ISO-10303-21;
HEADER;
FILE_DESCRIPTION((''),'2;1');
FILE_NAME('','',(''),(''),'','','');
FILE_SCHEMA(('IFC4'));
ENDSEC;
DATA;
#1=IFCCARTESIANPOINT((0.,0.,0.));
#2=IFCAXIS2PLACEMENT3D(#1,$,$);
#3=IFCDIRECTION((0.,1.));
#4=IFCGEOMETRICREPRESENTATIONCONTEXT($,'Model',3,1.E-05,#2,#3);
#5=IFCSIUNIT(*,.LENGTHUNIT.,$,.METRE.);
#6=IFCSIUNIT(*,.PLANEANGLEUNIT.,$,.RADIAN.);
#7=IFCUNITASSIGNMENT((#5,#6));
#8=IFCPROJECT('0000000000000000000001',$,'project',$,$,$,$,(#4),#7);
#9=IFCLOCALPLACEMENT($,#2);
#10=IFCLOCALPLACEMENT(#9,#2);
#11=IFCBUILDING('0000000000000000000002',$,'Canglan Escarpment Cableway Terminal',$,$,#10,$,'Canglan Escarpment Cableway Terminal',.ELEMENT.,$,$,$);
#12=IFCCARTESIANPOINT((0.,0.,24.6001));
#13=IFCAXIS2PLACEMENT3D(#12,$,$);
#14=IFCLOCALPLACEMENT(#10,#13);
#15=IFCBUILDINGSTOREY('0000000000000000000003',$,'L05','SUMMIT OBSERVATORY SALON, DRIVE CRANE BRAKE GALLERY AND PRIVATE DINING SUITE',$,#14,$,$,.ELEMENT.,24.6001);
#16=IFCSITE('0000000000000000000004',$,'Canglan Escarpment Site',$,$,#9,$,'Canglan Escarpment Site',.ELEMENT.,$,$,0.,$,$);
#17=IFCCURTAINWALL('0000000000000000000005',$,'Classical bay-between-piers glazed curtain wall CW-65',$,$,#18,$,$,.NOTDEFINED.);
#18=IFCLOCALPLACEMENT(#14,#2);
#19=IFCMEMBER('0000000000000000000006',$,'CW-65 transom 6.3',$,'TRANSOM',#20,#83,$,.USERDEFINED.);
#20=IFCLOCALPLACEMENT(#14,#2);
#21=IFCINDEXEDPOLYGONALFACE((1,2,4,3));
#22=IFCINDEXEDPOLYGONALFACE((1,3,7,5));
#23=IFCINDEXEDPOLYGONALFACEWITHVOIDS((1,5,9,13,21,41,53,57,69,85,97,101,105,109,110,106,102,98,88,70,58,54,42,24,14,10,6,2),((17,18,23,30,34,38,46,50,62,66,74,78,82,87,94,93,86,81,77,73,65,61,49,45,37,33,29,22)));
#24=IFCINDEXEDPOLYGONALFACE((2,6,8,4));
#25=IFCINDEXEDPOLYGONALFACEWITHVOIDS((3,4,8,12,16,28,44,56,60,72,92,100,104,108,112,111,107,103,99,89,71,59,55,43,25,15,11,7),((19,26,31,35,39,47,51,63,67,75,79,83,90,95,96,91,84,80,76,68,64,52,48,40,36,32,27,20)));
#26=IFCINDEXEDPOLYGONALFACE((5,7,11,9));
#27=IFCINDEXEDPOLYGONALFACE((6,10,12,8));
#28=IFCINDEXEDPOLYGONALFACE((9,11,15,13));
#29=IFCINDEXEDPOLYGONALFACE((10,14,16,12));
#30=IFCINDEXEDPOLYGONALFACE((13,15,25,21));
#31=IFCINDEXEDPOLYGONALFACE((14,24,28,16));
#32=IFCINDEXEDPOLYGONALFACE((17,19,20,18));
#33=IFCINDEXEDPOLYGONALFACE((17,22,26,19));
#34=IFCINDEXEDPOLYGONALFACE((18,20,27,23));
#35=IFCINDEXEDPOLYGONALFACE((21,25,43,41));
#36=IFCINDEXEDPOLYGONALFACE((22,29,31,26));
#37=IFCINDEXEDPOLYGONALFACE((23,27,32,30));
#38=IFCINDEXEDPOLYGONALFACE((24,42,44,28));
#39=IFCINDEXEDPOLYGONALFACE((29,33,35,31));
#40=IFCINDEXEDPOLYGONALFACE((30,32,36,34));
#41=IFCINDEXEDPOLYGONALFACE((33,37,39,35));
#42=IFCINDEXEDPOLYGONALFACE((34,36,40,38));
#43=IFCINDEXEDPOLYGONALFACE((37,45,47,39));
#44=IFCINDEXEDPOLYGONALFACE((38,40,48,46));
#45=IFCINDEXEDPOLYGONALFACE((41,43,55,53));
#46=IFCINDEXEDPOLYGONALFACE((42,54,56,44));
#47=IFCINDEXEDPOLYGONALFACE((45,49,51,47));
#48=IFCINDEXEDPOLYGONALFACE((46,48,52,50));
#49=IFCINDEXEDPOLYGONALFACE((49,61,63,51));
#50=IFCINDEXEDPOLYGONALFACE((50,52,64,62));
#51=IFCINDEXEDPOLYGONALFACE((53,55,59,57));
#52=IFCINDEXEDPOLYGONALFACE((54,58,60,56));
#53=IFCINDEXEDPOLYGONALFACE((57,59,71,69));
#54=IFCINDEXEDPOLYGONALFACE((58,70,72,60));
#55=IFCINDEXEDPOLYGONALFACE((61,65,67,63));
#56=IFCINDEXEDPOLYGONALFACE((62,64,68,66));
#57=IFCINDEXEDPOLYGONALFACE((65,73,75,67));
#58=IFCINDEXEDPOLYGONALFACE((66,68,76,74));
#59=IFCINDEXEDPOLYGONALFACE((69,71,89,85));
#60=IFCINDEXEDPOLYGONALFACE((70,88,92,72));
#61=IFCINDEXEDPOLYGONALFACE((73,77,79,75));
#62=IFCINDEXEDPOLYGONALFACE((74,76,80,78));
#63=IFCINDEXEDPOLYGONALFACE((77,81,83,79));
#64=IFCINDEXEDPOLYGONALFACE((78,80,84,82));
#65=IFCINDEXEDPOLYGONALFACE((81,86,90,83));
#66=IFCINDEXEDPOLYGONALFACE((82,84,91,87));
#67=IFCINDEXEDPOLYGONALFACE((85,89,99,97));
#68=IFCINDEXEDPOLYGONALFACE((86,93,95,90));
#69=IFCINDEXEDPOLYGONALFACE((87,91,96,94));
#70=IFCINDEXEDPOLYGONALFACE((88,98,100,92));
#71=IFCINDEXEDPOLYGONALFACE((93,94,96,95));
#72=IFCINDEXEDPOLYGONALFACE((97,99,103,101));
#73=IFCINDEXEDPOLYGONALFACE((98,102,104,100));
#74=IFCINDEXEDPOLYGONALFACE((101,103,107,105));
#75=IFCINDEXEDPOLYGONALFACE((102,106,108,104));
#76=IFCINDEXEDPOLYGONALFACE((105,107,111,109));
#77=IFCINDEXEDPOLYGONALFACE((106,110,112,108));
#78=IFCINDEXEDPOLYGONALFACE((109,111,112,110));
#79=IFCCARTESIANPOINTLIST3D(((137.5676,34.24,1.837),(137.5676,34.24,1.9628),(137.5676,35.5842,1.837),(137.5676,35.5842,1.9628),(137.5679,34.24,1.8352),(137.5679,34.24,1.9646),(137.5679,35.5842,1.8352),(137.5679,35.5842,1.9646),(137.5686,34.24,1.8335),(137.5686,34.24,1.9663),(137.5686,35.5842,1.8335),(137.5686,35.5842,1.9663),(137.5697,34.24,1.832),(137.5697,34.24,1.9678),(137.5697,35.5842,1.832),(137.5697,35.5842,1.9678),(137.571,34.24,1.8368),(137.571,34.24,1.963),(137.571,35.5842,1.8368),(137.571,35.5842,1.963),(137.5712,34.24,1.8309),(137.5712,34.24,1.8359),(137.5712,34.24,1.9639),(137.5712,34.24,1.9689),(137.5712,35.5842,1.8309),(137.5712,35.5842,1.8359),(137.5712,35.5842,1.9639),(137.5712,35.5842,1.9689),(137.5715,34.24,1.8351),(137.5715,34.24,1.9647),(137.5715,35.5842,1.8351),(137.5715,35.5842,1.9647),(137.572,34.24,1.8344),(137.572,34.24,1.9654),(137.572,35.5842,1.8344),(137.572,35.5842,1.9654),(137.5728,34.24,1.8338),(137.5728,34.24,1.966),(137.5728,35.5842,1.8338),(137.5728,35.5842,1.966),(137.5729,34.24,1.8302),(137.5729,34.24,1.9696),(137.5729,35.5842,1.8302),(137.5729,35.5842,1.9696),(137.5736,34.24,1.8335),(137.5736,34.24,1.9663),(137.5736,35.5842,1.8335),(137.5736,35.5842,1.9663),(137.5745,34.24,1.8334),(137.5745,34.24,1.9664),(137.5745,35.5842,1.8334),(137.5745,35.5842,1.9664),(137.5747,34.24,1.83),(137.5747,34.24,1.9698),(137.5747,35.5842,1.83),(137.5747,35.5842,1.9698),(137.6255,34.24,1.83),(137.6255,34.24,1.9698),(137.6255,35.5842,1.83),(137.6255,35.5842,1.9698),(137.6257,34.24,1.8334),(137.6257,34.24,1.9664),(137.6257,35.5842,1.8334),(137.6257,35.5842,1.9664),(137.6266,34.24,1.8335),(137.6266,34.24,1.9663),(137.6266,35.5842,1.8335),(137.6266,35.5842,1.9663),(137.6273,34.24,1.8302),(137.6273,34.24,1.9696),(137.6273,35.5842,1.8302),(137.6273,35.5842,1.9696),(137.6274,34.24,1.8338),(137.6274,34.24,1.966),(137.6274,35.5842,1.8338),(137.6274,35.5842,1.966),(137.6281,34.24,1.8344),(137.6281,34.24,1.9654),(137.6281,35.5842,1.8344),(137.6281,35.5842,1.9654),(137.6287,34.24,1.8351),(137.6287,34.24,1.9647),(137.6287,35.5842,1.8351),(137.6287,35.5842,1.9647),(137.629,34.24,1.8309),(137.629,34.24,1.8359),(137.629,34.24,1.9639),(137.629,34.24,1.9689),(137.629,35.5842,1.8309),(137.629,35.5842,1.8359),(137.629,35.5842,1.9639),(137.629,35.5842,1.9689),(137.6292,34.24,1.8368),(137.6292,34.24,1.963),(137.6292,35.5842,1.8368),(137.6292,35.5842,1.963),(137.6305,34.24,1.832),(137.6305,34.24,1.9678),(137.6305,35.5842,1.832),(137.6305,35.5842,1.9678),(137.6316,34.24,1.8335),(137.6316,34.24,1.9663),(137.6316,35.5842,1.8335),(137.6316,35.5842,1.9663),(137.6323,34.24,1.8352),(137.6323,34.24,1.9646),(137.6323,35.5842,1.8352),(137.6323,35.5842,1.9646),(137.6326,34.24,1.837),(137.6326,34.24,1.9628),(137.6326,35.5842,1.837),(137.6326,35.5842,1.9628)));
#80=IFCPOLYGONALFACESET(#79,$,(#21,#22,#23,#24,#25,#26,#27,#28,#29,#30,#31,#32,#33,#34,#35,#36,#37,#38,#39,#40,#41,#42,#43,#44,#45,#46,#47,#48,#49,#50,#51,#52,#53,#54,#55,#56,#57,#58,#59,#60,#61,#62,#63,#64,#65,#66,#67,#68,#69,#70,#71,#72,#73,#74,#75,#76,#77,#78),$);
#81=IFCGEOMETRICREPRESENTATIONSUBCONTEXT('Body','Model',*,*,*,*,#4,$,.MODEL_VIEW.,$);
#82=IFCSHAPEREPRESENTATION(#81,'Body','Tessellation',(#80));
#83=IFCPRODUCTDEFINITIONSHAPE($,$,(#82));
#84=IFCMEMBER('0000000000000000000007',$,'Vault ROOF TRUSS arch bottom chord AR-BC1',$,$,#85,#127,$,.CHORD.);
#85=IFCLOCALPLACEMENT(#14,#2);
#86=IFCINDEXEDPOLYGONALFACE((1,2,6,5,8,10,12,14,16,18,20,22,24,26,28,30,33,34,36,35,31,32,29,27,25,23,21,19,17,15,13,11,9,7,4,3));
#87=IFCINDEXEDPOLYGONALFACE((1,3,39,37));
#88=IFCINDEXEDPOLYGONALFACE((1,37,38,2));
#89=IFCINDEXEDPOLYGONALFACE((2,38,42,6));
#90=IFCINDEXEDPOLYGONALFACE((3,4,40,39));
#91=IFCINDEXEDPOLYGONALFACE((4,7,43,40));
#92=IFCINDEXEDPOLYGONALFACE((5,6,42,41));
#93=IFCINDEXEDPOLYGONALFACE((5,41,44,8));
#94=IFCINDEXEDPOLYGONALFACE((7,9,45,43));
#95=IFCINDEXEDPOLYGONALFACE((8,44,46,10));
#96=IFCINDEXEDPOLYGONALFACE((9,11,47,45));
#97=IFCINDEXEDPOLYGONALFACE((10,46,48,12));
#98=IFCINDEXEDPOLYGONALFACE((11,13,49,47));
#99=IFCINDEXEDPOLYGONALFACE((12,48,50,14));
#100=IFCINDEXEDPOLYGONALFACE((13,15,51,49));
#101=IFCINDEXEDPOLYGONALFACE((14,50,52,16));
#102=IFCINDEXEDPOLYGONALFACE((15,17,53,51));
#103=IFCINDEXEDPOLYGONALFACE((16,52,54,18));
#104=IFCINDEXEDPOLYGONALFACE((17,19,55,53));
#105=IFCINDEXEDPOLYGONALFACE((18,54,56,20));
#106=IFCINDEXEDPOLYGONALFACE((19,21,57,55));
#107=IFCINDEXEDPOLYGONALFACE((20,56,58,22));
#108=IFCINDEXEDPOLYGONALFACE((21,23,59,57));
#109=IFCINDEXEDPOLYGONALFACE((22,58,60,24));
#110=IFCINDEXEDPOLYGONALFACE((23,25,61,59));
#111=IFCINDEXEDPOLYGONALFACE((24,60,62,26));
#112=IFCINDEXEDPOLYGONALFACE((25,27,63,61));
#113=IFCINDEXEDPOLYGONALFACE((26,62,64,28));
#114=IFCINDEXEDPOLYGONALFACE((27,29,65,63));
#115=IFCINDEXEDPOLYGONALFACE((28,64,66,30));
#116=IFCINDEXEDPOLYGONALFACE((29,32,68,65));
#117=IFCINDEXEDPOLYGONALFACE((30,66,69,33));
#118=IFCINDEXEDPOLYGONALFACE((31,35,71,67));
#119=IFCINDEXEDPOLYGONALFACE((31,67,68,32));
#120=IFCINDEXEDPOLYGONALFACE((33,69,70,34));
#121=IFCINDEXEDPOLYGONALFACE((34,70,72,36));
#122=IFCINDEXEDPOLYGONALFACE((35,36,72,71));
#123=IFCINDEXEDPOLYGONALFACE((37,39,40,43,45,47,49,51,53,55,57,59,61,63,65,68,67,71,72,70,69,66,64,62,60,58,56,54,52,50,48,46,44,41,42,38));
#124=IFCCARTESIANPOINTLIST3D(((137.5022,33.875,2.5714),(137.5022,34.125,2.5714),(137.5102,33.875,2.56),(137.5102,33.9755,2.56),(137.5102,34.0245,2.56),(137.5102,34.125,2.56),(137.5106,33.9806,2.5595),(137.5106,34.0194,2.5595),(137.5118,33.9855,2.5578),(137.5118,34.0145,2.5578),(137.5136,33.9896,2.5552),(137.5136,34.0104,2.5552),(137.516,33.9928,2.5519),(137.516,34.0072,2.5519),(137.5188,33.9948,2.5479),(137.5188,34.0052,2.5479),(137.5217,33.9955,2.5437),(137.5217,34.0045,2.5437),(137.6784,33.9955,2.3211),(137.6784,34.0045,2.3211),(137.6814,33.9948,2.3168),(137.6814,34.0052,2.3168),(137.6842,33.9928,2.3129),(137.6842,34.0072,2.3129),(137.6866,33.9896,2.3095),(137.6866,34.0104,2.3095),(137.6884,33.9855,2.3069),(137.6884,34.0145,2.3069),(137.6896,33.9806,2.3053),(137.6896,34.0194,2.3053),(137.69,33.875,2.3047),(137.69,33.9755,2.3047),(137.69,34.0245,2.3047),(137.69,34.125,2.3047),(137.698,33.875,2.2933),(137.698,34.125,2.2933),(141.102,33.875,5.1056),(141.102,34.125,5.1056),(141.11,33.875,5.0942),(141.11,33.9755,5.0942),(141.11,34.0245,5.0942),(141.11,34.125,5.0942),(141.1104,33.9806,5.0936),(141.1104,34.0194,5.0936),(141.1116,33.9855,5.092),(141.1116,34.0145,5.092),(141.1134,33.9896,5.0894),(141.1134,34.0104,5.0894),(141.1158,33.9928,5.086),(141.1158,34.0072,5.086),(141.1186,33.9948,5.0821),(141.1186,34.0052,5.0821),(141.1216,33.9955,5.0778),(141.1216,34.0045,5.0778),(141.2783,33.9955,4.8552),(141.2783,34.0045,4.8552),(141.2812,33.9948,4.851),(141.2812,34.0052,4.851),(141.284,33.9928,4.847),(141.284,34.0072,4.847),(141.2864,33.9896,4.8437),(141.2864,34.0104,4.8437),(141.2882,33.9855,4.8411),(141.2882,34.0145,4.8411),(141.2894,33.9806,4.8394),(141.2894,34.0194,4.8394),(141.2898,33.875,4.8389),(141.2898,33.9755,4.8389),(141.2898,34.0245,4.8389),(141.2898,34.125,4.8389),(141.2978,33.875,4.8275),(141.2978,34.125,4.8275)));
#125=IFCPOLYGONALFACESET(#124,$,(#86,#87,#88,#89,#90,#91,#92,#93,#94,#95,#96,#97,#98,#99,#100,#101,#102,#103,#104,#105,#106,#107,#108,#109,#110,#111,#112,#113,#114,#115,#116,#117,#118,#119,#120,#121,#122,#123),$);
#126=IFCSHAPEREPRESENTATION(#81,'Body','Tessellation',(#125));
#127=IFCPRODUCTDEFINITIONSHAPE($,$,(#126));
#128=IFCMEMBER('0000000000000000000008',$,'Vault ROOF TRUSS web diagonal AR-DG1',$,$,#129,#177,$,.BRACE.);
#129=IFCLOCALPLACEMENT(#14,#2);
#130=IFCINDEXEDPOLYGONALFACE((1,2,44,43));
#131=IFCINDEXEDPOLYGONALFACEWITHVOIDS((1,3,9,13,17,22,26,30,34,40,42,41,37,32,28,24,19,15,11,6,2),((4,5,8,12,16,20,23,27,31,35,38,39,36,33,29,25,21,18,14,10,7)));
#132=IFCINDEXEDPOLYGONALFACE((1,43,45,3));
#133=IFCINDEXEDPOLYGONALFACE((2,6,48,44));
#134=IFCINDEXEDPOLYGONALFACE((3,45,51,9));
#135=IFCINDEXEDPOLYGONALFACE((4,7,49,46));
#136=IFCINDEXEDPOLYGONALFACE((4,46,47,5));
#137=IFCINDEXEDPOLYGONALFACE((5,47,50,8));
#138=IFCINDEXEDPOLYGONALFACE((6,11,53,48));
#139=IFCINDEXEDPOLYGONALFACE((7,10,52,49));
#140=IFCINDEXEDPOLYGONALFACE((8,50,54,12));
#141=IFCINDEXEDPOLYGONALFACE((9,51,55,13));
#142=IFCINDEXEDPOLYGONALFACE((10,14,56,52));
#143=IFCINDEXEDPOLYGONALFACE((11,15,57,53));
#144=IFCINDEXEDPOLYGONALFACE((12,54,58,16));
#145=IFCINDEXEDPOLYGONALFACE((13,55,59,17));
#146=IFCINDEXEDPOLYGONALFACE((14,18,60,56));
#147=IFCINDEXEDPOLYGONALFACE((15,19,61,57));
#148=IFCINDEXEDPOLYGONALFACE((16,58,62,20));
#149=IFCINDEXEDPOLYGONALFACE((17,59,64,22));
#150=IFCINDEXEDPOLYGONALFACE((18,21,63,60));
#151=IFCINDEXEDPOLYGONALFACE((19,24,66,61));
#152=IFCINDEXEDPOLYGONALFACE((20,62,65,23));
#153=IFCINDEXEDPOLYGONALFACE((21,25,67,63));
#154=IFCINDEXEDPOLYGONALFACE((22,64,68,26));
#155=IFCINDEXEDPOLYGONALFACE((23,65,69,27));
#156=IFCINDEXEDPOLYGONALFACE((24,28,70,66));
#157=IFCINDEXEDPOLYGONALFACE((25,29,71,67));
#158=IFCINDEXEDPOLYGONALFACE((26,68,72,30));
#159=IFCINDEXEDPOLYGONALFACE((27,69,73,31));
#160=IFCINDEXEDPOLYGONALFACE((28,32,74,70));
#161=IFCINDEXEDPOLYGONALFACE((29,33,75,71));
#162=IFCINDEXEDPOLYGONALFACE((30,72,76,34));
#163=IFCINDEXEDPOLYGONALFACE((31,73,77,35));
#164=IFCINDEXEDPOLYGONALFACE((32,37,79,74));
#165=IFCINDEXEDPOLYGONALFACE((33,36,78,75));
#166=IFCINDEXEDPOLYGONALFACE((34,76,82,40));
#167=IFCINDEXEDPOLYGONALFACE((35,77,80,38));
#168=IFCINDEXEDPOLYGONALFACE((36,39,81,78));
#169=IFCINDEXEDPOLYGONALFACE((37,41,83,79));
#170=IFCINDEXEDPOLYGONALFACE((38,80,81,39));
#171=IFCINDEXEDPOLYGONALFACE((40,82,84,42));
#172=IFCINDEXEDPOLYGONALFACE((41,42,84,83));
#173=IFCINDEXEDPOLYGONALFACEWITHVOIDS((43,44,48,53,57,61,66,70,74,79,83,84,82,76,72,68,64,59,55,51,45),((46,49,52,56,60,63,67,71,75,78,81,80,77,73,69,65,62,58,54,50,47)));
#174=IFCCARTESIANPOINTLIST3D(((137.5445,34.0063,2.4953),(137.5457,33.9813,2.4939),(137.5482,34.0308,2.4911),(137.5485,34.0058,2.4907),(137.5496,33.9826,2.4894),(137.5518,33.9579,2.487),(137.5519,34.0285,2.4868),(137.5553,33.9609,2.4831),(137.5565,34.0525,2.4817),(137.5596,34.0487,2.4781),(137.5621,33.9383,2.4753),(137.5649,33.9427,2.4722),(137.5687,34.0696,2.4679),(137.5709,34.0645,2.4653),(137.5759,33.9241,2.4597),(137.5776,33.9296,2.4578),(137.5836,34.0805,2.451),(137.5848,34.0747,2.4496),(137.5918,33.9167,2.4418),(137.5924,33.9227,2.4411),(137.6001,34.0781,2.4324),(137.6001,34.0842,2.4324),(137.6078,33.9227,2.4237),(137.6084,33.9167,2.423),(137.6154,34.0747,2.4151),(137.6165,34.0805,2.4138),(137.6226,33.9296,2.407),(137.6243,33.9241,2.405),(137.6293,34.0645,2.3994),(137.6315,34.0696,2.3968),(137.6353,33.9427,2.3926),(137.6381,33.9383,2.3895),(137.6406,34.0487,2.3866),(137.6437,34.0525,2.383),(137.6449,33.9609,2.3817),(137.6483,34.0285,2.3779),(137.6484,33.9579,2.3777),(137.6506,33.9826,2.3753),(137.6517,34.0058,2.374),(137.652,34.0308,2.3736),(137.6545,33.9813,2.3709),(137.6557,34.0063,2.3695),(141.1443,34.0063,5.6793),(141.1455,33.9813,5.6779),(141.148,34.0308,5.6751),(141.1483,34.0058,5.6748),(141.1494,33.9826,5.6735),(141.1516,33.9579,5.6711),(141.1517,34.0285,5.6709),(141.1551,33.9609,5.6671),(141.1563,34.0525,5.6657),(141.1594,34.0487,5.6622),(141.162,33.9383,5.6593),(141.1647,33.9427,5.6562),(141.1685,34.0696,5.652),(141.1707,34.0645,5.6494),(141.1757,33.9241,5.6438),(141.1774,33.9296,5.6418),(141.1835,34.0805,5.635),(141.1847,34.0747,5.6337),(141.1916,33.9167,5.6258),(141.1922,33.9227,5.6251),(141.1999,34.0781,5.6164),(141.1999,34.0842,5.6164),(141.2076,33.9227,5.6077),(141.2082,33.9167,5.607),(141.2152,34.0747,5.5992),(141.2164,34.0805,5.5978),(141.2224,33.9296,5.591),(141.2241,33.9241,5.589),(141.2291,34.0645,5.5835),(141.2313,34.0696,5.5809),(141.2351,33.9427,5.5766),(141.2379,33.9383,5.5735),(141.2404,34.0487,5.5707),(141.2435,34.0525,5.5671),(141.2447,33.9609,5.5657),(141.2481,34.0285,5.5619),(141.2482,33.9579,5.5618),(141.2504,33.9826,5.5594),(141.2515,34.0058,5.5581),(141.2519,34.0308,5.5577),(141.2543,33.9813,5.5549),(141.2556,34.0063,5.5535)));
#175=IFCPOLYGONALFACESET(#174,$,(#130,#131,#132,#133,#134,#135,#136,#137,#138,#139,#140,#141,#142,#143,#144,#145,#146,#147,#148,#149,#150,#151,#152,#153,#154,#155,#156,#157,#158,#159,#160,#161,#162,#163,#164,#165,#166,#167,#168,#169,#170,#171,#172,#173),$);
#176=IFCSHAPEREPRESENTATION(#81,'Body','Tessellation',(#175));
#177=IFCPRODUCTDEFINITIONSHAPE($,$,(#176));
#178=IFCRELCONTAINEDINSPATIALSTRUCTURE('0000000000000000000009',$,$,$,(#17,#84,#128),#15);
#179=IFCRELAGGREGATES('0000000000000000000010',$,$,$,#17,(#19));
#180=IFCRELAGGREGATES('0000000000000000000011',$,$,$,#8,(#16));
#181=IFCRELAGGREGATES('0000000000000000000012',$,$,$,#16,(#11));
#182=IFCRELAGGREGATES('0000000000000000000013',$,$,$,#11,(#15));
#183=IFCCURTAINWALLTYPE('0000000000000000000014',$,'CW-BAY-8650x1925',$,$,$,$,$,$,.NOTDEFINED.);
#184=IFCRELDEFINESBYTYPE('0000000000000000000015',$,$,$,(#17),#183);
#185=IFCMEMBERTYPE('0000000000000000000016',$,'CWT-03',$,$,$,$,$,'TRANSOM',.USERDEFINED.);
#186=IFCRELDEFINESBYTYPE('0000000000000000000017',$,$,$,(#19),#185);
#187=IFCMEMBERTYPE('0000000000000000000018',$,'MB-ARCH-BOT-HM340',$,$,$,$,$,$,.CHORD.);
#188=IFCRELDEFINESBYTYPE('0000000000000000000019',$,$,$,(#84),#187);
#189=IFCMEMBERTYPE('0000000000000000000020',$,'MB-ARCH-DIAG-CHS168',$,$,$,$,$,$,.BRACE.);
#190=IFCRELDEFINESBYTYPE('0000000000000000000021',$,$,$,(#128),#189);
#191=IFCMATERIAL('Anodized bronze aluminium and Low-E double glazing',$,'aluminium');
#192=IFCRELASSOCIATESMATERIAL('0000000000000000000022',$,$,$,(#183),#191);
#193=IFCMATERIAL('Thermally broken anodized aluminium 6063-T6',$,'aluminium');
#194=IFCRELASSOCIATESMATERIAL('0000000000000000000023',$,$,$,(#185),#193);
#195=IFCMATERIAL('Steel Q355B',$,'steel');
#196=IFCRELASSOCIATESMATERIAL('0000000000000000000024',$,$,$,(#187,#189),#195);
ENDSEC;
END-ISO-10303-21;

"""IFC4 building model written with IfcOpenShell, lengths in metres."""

from ifc_helpers import new_model, si_unit, direction, frame, origin, origin_2d, place, context, subcontext, project, spatial, hollow_rectangle, hollow_circle, i_section, extrude, material, material_profile, profile_set, type_object, element, aggregate, save


model = new_model("IFC4")

# Units and contexts
model_context = context("Model", 3, precision=1e-05, world=origin(), true_north=direction((0.0, 1.0)))
body_context = subcontext(model_context, "Body", "Model", "MODEL_VIEW")
ifc_project = project(units=[si_unit("LENGTHUNIT", "METRE"), si_unit("PLANEANGLEUNIT", "RADIAN")], contexts=[model_context])

# Site, building, storey
site_placement = place(None, origin())
site = spatial("IfcSite", under=ifc_project, at=site_placement, Name="Canglan Escarpment Site", LongName="Canglan Escarpment Site", CompositionType="ELEMENT", RefElevation=0.0)
building_placement = place(site_placement, origin())
building = spatial("IfcBuilding", under=site, at=building_placement, Name="Canglan Escarpment Cableway Terminal", LongName="Canglan Escarpment Cableway Terminal", CompositionType="ELEMENT")
storey_placement = place(building_placement, frame((0.0, 0.0, 24.6001)))
storey = spatial("IfcBuildingStorey", under=building, at=storey_placement, Name="L05", Description="SUMMIT OBSERVATORY SALON, DRIVE CRANE BRAKE GALLERY AND PRIVATE DINING SUITE", CompositionType="ELEMENT", Elevation=24.6001)

# Shared definitions
ifc_material_1 = material(Name="Steel Q355B", Category="steel")

# Curtain wall, member
ifc_material_2 = material(Name="Anodized bronze aluminium and Low-E double glazing", Category="aluminium")
curtain_wall_type = type_object("IfcCurtainWallType", Name="CW-BAY-8650x1925", PredefinedType="NOTDEFINED", material=ifc_material_2)
curtain_wall_placement = place(storey_placement, origin())
curtain_wall = element("IfcCurtainWall", 1, at=curtain_wall_placement, inside=storey, type_object=curtain_wall_type, Name="Classical bay-between-piers glazed curtain wall CW-65", PredefinedType="NOTDEFINED")
ifc_material_3 = material(Name="Thermally broken anodized aluminium 6063-T6", Category="aluminium")
ifc_material_profile_1 = material_profile(ifc_material_3, hollow_rectangle(XDim=0.0649, YDim=0.1399, WallThickness=0.0034, InnerFilletRadius=0.0034, OuterFilletRadius=0.0071, at=origin_2d()), Name="ALU-TRAN 65x140x3.5")
ifc_profile_set_1 = profile_set([ifc_material_profile_1], Name="Thermally broken anodized aluminium 6063-T6")
member_type_1 = type_object("IfcMemberType", Name="CWT-03", ElementType="TRANSOM", PredefinedType="USERDEFINED", material=ifc_profile_set_1)
member_1_placement = place(storey_placement, frame((137.6001, 35.5842, 1.8999), z_axis=(0.0, -1.0, 0.0), x_axis=(1.0, 0.0, 0.0)))
member_1 = element("IfcMember", 2, at=member_1_placement, type_object=member_type_1, Name="CW-65 transom 6.3", ObjectType="TRANSOM", PredefinedType="USERDEFINED", context=body_context, shape_type="SweptSolid", body=[
    extrude(hollow_rectangle(XDim=0.0649, YDim=0.1399, WallThickness=0.0034, InnerFilletRadius=0.0034, OuterFilletRadius=0.0071, at=origin_2d()), origin(), (0.0, 0.0, 1.0), 1.3442),
])

# Members
ifc_material_profile_2 = material_profile(ifc_material_1, i_section(OverallWidth=0.25, OverallDepth=0.3401, WebThickness=0.009, FlangeThickness=0.0139, FilletRadius=0.02, at=origin_2d()), Name="HM 340x250x9x14")
ifc_profile_set_2 = profile_set([ifc_material_profile_2], Name="Steel Q355B")
member_type_2 = type_object("IfcMemberType", Name="MB-ARCH-BOT-HM340", PredefinedType="CHORD", material=ifc_profile_set_2)
member_2_placement = place(storey_placement, frame((137.6001, 34.0, 2.4324), z_axis=(0.817705, 0.0, 0.575638), x_axis=(0.0, 1.0, 0.0)))
element("IfcMember", 3, at=member_2_placement, inside=storey, type_object=member_type_2, Name="Vault ROOF TRUSS arch bottom chord AR-BC1", PredefinedType="CHORD", context=body_context, shape_type="SweptSolid", body=[
    extrude(i_section(OverallWidth=0.25, OverallDepth=0.3401, WebThickness=0.009, FlangeThickness=0.0139, FilletRadius=0.02, at=origin_2d()), origin(), (0.0, 0.0, 1.0), 4.4023),
])
ifc_material_profile_3 = material_profile(ifc_material_1, hollow_circle(Radius=0.0842, WallThickness=0.0061, at=origin_2d()), Name="CHS 168.3x6")
ifc_profile_set_3 = profile_set([ifc_material_profile_3], Name="Steel Q355B")
member_type_3 = type_object("IfcMemberType", Name="MB-ARCH-DIAG-CHS168", PredefinedType="BRACE", material=ifc_profile_set_3)
member_3_placement = place(storey_placement, frame((137.6001, 34.0, 2.4324), z_axis=(0.749038, 0.0, 0.662527), x_axis=(0.0, 1.0, 0.0)))
element("IfcMember", 4, at=member_3_placement, inside=storey, type_object=member_type_3, Name="Vault ROOF TRUSS web diagonal AR-DG1", PredefinedType="BRACE", context=body_context, shape_type="SweptSolid", body=[
    extrude(hollow_circle(Radius=0.0842, WallThickness=0.0061, at=origin_2d()), origin(), (0.0, 0.0, 1.0), 4.8059),
])

aggregate(curtain_wall, [member_1])

save(model, "model.ifc")
